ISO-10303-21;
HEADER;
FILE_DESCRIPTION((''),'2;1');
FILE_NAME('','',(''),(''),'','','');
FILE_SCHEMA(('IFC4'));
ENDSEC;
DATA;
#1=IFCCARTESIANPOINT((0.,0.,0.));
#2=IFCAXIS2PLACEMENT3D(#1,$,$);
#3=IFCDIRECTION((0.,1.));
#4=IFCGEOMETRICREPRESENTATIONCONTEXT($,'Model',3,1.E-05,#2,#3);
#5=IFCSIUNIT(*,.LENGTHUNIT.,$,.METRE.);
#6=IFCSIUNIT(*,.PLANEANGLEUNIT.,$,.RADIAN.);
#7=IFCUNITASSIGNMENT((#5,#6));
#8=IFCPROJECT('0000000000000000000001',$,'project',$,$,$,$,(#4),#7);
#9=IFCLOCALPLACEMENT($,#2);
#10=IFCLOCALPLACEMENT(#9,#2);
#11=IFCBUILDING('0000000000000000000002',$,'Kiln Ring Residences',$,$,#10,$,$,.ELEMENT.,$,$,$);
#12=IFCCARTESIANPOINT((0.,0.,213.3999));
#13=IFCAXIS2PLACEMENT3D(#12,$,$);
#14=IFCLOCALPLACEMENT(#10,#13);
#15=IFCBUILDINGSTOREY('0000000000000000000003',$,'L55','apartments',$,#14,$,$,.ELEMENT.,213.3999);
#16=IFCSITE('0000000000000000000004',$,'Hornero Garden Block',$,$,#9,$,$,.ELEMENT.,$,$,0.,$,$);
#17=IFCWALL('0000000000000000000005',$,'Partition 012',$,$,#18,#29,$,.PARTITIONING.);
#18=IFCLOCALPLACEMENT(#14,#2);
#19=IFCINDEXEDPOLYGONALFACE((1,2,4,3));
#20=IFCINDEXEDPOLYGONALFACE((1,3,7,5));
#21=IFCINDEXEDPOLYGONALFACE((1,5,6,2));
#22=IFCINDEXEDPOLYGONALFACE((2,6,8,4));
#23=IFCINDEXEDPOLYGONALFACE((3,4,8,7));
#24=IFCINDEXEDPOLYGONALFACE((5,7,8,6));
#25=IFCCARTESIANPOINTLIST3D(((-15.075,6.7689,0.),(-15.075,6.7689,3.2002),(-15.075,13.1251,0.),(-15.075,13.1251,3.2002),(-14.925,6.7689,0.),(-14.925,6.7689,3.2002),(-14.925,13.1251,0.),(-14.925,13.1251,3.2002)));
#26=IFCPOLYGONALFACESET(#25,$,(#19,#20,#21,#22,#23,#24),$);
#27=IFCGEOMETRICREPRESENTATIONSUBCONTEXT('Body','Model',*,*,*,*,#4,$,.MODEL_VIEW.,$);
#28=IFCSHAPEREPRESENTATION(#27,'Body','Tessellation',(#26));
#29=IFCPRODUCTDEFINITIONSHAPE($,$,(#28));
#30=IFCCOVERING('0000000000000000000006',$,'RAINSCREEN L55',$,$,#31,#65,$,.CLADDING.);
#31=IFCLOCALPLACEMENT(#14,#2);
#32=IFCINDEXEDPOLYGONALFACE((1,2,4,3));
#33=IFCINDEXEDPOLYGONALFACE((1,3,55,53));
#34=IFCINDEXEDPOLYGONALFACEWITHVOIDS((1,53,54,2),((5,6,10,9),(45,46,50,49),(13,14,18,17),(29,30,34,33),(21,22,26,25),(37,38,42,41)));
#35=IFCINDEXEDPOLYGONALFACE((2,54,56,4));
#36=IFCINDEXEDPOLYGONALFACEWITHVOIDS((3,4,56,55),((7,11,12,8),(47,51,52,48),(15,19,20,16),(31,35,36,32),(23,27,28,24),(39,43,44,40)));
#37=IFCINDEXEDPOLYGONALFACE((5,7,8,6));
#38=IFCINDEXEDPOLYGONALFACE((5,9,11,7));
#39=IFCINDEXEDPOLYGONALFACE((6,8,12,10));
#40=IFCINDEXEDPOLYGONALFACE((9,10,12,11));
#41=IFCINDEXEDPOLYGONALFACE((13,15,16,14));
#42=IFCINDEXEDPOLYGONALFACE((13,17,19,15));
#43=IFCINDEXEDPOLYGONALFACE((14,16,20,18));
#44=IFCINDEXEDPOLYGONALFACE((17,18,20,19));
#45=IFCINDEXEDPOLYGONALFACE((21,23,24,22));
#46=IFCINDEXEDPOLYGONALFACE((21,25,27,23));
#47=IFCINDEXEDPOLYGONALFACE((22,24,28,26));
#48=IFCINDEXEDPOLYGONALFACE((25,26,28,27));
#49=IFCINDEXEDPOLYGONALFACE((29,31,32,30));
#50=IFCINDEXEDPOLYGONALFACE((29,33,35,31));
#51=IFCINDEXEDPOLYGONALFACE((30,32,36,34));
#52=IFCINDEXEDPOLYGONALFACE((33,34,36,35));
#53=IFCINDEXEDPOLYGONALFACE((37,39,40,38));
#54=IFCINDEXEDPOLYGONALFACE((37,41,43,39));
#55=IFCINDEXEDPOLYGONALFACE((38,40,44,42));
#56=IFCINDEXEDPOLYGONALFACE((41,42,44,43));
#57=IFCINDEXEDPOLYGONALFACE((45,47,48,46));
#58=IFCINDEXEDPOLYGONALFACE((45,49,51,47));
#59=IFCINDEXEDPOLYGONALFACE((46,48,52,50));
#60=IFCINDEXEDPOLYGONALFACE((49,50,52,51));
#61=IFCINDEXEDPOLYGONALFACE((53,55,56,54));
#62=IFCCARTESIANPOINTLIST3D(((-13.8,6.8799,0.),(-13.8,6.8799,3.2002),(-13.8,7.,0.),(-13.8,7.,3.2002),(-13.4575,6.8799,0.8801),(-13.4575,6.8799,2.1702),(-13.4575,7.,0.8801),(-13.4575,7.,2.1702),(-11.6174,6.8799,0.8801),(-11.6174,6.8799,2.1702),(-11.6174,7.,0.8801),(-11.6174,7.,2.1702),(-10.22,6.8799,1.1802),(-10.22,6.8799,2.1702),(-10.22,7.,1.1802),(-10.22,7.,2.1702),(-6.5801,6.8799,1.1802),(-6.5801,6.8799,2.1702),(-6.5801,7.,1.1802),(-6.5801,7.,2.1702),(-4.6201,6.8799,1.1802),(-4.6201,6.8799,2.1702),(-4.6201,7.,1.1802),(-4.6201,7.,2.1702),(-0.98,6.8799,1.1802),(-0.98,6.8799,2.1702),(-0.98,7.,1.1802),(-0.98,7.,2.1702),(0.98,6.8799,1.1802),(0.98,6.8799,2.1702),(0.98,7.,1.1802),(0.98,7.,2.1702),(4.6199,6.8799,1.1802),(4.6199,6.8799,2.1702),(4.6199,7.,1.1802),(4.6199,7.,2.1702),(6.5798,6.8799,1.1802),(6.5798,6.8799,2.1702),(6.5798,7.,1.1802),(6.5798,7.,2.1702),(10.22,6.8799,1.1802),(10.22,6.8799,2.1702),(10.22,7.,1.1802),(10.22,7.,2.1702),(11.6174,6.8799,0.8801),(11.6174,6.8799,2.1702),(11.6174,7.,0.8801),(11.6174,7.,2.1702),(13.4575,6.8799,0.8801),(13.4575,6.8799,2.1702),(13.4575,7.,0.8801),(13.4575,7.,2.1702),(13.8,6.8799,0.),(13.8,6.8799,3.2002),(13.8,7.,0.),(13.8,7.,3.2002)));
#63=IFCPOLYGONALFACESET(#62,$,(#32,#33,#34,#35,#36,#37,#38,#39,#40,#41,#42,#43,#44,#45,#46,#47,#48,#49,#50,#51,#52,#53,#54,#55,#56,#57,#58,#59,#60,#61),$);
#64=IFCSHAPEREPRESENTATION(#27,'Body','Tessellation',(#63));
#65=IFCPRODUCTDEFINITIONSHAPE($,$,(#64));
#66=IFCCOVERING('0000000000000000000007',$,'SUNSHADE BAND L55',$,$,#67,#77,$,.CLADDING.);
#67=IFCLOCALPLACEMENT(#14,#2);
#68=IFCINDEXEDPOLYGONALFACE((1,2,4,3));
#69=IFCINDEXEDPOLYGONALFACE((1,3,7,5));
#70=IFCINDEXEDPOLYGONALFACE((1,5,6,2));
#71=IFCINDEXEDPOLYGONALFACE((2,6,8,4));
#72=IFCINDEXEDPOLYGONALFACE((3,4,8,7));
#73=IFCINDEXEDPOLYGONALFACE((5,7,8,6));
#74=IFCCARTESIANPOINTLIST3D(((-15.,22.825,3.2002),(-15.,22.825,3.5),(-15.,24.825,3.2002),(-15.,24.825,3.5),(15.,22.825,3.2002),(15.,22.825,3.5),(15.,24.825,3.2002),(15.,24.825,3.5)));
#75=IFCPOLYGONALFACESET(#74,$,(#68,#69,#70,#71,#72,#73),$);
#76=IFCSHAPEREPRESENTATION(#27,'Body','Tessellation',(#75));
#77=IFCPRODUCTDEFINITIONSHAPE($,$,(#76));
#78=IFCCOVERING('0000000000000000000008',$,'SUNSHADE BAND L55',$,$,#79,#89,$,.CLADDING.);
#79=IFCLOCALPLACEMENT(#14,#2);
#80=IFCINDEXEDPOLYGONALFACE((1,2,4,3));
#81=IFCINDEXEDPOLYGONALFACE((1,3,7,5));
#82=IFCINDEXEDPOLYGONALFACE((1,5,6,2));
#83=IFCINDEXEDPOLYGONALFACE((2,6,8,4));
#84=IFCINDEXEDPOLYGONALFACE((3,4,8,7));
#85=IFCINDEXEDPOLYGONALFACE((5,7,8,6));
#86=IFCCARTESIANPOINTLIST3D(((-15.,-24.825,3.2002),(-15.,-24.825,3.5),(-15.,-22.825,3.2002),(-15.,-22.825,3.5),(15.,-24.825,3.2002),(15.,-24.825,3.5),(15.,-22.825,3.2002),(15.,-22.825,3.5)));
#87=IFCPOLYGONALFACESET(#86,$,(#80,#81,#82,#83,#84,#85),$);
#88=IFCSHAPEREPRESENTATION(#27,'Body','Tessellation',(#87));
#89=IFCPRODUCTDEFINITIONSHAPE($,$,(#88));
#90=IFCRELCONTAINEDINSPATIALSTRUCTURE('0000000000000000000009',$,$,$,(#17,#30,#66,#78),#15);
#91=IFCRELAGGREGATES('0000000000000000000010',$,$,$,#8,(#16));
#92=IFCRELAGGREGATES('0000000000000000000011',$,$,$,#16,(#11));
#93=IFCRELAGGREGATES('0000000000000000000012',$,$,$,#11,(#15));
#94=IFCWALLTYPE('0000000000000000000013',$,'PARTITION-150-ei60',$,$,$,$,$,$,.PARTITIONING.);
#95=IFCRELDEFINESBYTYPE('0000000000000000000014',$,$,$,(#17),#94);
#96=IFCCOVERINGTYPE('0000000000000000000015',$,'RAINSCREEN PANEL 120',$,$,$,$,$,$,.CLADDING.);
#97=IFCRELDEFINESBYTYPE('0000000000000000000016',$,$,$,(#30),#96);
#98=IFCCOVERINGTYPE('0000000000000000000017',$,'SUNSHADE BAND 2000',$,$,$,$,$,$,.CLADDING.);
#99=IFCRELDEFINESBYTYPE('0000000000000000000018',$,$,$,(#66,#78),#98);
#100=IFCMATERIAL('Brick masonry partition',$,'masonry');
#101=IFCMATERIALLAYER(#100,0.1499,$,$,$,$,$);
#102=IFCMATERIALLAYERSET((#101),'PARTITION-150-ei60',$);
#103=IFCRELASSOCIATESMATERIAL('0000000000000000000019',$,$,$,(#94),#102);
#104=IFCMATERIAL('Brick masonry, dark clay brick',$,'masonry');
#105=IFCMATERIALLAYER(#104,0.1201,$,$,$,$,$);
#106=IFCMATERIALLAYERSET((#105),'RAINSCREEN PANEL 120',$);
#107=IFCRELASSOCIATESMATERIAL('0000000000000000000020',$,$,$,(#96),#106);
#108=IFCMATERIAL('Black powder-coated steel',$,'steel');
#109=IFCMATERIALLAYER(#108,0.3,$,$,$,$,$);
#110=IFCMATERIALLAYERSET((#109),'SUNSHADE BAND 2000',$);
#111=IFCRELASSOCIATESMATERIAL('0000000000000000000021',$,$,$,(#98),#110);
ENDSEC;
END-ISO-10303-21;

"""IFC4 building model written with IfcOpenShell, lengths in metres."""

from ifc_helpers import new_model, si_unit, direction, frame, frame_2d, origin, place, context, subcontext, project, spatial, polyline, rectangle, outline, extrude, material, layer, layer_set, type_object, element, save


model = new_model("IFC4")

# Units and contexts
model_context = context("Model", 3, precision=1e-05, world=origin(), true_north=direction((0.0, 1.0)))
body_context = subcontext(model_context, "Body", "Model", "MODEL_VIEW")
ifc_project = project(units=[si_unit("LENGTHUNIT", "METRE"), si_unit("PLANEANGLEUNIT", "RADIAN")], contexts=[model_context])

# Site, building, storey
site_placement = place(None, origin())
site = spatial("IfcSite", under=ifc_project, at=site_placement, Name="Hornero Garden Block", CompositionType="ELEMENT", RefElevation=0.0)
building_placement = place(site_placement, origin())
building = spatial("IfcBuilding", under=site, at=building_placement, Name="Kiln Ring Residences", CompositionType="ELEMENT")
storey_placement = place(building_placement, frame((0.0, 0.0, 213.3999)))
storey = spatial("IfcBuildingStorey", under=building, at=storey_placement, Name="L55", Description="apartments", CompositionType="ELEMENT", Elevation=213.3999)

# Wall
ifc_material_1 = material(Name="Brick masonry partition", Category="masonry")
ifc_layer_1 = layer(ifc_material_1, 0.1499)
ifc_layer_set_1 = layer_set([ifc_layer_1], Name="PARTITION-150-ei60")
wall_type_1 = type_object("IfcWallType", Name="PARTITION-150-ei60", PredefinedType="PARTITIONING", material=ifc_layer_set_1)
wall_1_placement = place(storey_placement, frame((-15.0, 6.7688, 0.0), z_axis=(0.0, 0.0, 1.0), x_axis=(0.0, 1.0, 0.0)))
element("IfcWall", 1, at=wall_1_placement, inside=storey, type_object=wall_type_1, Name="Partition 012", PredefinedType="PARTITIONING", context=body_context, shape_type="SweptSolid", body=[
    extrude(rectangle(XDim=6.3562, YDim=0.1499, at=frame_2d((3.1782, 0.0))), origin(), (0.0, 0.0, 1.0), 3.2002),
])

# Coverings
ifc_material_2 = material(Name="Brick masonry, dark clay brick", Category="masonry")
ifc_layer_2 = layer(ifc_material_2, 0.1201)
ifc_layer_set_2 = layer_set([ifc_layer_2], Name="RAINSCREEN PANEL 120")
covering_type_1 = type_object("IfcCoveringType", Name="RAINSCREEN PANEL 120", PredefinedType="CLADDING", material=ifc_layer_set_2)
covering_1_placement = place(storey_placement, frame((-13.8, 6.9399, 0.0), z_axis=(0.0, 0.0, 1.0), x_axis=(1.0, 0.0, 0.0)))
element("IfcCovering", 2, at=covering_1_placement, inside=storey, type_object=covering_type_1, Name="RAINSCREEN L55", PredefinedType="CLADDING", context=body_context, shape_type="SweptSolid", body=[
    extrude(outline(polyline([(0.0, 0.0), (27.6001, 0.0), (27.6001, 3.2002), (0.0, 3.2002), (0.0, 0.0)]), holes=[polyline([(2.1826, 0.8801), (2.1826, 2.1702), (0.3425, 2.1702), (0.3425, 0.8801), (2.1826, 0.8801)]), polyline([(25.4175, 0.8801), (27.2576, 0.8801), (27.2576, 2.1702), (25.4175, 2.1702), (25.4175, 0.8801)]), polyline([(3.5801, 1.1802), (7.22, 1.1802), (7.22, 2.1702), (3.5801, 2.1702), (3.5801, 1.1802)]), polyline([(12.8201, 1.1802), (12.8201, 2.1702), (9.1799, 2.1702), (9.1799, 1.1802), (12.8201, 1.1802)]), polyline([(14.78, 1.1802), (18.4199, 1.1802), (18.4199, 2.1702), (14.78, 2.1702), (14.78, 1.1802)]), polyline([(20.3799, 1.1802), (24.02, 1.1802), (24.02, 2.1702), (20.3799, 2.1702), (20.3799, 1.1802)])]), frame((0.0, 0.0601, 0.0), z_axis=(0.0, -1.0, 0.0), x_axis=(1.0, 0.0, 0.0)), (0.0, 0.0, 1.0), 0.1201),
])
ifc_material_3 = material(Name="Black powder-coated steel", Category="steel")
ifc_layer_3 = layer(ifc_material_3, 0.3)
ifc_layer_set_3 = layer_set([ifc_layer_3], Name="SUNSHADE BAND 2000")
covering_type_2 = type_object("IfcCoveringType", Name="SUNSHADE BAND 2000", PredefinedType="CLADDING", material=ifc_layer_set_3)
placement_1 = place(storey_placement, frame((0.0, 0.0, 3.2002)))
element("IfcCovering", 3, at=placement_1, inside=storey, type_object=covering_type_2, Name="SUNSHADE BAND L55", PredefinedType="CLADDING", context=body_context, shape_type="SweptSolid", body=[
    extrude(outline(polyline([(15.0, 24.825), (-15.0, 24.825), (-15.0, 22.825), (15.0, 22.825), (15.0, 24.825)])), origin(), (0.0, 0.0, 1.0), 0.2998),
])
element("IfcCovering", 4, at=placement_1, inside=storey, type_object=covering_type_2, Name="SUNSHADE BAND L55", PredefinedType="CLADDING", context=body_context, shape_type="SweptSolid", body=[
    extrude(outline(polyline([(-15.0, -24.825), (15.0, -24.825), (15.0, -22.825), (-15.0, -22.825), (-15.0, -24.825)])), origin(), (0.0, 0.0, 1.0), 0.2998),
])

save(model, "model.ifc")
